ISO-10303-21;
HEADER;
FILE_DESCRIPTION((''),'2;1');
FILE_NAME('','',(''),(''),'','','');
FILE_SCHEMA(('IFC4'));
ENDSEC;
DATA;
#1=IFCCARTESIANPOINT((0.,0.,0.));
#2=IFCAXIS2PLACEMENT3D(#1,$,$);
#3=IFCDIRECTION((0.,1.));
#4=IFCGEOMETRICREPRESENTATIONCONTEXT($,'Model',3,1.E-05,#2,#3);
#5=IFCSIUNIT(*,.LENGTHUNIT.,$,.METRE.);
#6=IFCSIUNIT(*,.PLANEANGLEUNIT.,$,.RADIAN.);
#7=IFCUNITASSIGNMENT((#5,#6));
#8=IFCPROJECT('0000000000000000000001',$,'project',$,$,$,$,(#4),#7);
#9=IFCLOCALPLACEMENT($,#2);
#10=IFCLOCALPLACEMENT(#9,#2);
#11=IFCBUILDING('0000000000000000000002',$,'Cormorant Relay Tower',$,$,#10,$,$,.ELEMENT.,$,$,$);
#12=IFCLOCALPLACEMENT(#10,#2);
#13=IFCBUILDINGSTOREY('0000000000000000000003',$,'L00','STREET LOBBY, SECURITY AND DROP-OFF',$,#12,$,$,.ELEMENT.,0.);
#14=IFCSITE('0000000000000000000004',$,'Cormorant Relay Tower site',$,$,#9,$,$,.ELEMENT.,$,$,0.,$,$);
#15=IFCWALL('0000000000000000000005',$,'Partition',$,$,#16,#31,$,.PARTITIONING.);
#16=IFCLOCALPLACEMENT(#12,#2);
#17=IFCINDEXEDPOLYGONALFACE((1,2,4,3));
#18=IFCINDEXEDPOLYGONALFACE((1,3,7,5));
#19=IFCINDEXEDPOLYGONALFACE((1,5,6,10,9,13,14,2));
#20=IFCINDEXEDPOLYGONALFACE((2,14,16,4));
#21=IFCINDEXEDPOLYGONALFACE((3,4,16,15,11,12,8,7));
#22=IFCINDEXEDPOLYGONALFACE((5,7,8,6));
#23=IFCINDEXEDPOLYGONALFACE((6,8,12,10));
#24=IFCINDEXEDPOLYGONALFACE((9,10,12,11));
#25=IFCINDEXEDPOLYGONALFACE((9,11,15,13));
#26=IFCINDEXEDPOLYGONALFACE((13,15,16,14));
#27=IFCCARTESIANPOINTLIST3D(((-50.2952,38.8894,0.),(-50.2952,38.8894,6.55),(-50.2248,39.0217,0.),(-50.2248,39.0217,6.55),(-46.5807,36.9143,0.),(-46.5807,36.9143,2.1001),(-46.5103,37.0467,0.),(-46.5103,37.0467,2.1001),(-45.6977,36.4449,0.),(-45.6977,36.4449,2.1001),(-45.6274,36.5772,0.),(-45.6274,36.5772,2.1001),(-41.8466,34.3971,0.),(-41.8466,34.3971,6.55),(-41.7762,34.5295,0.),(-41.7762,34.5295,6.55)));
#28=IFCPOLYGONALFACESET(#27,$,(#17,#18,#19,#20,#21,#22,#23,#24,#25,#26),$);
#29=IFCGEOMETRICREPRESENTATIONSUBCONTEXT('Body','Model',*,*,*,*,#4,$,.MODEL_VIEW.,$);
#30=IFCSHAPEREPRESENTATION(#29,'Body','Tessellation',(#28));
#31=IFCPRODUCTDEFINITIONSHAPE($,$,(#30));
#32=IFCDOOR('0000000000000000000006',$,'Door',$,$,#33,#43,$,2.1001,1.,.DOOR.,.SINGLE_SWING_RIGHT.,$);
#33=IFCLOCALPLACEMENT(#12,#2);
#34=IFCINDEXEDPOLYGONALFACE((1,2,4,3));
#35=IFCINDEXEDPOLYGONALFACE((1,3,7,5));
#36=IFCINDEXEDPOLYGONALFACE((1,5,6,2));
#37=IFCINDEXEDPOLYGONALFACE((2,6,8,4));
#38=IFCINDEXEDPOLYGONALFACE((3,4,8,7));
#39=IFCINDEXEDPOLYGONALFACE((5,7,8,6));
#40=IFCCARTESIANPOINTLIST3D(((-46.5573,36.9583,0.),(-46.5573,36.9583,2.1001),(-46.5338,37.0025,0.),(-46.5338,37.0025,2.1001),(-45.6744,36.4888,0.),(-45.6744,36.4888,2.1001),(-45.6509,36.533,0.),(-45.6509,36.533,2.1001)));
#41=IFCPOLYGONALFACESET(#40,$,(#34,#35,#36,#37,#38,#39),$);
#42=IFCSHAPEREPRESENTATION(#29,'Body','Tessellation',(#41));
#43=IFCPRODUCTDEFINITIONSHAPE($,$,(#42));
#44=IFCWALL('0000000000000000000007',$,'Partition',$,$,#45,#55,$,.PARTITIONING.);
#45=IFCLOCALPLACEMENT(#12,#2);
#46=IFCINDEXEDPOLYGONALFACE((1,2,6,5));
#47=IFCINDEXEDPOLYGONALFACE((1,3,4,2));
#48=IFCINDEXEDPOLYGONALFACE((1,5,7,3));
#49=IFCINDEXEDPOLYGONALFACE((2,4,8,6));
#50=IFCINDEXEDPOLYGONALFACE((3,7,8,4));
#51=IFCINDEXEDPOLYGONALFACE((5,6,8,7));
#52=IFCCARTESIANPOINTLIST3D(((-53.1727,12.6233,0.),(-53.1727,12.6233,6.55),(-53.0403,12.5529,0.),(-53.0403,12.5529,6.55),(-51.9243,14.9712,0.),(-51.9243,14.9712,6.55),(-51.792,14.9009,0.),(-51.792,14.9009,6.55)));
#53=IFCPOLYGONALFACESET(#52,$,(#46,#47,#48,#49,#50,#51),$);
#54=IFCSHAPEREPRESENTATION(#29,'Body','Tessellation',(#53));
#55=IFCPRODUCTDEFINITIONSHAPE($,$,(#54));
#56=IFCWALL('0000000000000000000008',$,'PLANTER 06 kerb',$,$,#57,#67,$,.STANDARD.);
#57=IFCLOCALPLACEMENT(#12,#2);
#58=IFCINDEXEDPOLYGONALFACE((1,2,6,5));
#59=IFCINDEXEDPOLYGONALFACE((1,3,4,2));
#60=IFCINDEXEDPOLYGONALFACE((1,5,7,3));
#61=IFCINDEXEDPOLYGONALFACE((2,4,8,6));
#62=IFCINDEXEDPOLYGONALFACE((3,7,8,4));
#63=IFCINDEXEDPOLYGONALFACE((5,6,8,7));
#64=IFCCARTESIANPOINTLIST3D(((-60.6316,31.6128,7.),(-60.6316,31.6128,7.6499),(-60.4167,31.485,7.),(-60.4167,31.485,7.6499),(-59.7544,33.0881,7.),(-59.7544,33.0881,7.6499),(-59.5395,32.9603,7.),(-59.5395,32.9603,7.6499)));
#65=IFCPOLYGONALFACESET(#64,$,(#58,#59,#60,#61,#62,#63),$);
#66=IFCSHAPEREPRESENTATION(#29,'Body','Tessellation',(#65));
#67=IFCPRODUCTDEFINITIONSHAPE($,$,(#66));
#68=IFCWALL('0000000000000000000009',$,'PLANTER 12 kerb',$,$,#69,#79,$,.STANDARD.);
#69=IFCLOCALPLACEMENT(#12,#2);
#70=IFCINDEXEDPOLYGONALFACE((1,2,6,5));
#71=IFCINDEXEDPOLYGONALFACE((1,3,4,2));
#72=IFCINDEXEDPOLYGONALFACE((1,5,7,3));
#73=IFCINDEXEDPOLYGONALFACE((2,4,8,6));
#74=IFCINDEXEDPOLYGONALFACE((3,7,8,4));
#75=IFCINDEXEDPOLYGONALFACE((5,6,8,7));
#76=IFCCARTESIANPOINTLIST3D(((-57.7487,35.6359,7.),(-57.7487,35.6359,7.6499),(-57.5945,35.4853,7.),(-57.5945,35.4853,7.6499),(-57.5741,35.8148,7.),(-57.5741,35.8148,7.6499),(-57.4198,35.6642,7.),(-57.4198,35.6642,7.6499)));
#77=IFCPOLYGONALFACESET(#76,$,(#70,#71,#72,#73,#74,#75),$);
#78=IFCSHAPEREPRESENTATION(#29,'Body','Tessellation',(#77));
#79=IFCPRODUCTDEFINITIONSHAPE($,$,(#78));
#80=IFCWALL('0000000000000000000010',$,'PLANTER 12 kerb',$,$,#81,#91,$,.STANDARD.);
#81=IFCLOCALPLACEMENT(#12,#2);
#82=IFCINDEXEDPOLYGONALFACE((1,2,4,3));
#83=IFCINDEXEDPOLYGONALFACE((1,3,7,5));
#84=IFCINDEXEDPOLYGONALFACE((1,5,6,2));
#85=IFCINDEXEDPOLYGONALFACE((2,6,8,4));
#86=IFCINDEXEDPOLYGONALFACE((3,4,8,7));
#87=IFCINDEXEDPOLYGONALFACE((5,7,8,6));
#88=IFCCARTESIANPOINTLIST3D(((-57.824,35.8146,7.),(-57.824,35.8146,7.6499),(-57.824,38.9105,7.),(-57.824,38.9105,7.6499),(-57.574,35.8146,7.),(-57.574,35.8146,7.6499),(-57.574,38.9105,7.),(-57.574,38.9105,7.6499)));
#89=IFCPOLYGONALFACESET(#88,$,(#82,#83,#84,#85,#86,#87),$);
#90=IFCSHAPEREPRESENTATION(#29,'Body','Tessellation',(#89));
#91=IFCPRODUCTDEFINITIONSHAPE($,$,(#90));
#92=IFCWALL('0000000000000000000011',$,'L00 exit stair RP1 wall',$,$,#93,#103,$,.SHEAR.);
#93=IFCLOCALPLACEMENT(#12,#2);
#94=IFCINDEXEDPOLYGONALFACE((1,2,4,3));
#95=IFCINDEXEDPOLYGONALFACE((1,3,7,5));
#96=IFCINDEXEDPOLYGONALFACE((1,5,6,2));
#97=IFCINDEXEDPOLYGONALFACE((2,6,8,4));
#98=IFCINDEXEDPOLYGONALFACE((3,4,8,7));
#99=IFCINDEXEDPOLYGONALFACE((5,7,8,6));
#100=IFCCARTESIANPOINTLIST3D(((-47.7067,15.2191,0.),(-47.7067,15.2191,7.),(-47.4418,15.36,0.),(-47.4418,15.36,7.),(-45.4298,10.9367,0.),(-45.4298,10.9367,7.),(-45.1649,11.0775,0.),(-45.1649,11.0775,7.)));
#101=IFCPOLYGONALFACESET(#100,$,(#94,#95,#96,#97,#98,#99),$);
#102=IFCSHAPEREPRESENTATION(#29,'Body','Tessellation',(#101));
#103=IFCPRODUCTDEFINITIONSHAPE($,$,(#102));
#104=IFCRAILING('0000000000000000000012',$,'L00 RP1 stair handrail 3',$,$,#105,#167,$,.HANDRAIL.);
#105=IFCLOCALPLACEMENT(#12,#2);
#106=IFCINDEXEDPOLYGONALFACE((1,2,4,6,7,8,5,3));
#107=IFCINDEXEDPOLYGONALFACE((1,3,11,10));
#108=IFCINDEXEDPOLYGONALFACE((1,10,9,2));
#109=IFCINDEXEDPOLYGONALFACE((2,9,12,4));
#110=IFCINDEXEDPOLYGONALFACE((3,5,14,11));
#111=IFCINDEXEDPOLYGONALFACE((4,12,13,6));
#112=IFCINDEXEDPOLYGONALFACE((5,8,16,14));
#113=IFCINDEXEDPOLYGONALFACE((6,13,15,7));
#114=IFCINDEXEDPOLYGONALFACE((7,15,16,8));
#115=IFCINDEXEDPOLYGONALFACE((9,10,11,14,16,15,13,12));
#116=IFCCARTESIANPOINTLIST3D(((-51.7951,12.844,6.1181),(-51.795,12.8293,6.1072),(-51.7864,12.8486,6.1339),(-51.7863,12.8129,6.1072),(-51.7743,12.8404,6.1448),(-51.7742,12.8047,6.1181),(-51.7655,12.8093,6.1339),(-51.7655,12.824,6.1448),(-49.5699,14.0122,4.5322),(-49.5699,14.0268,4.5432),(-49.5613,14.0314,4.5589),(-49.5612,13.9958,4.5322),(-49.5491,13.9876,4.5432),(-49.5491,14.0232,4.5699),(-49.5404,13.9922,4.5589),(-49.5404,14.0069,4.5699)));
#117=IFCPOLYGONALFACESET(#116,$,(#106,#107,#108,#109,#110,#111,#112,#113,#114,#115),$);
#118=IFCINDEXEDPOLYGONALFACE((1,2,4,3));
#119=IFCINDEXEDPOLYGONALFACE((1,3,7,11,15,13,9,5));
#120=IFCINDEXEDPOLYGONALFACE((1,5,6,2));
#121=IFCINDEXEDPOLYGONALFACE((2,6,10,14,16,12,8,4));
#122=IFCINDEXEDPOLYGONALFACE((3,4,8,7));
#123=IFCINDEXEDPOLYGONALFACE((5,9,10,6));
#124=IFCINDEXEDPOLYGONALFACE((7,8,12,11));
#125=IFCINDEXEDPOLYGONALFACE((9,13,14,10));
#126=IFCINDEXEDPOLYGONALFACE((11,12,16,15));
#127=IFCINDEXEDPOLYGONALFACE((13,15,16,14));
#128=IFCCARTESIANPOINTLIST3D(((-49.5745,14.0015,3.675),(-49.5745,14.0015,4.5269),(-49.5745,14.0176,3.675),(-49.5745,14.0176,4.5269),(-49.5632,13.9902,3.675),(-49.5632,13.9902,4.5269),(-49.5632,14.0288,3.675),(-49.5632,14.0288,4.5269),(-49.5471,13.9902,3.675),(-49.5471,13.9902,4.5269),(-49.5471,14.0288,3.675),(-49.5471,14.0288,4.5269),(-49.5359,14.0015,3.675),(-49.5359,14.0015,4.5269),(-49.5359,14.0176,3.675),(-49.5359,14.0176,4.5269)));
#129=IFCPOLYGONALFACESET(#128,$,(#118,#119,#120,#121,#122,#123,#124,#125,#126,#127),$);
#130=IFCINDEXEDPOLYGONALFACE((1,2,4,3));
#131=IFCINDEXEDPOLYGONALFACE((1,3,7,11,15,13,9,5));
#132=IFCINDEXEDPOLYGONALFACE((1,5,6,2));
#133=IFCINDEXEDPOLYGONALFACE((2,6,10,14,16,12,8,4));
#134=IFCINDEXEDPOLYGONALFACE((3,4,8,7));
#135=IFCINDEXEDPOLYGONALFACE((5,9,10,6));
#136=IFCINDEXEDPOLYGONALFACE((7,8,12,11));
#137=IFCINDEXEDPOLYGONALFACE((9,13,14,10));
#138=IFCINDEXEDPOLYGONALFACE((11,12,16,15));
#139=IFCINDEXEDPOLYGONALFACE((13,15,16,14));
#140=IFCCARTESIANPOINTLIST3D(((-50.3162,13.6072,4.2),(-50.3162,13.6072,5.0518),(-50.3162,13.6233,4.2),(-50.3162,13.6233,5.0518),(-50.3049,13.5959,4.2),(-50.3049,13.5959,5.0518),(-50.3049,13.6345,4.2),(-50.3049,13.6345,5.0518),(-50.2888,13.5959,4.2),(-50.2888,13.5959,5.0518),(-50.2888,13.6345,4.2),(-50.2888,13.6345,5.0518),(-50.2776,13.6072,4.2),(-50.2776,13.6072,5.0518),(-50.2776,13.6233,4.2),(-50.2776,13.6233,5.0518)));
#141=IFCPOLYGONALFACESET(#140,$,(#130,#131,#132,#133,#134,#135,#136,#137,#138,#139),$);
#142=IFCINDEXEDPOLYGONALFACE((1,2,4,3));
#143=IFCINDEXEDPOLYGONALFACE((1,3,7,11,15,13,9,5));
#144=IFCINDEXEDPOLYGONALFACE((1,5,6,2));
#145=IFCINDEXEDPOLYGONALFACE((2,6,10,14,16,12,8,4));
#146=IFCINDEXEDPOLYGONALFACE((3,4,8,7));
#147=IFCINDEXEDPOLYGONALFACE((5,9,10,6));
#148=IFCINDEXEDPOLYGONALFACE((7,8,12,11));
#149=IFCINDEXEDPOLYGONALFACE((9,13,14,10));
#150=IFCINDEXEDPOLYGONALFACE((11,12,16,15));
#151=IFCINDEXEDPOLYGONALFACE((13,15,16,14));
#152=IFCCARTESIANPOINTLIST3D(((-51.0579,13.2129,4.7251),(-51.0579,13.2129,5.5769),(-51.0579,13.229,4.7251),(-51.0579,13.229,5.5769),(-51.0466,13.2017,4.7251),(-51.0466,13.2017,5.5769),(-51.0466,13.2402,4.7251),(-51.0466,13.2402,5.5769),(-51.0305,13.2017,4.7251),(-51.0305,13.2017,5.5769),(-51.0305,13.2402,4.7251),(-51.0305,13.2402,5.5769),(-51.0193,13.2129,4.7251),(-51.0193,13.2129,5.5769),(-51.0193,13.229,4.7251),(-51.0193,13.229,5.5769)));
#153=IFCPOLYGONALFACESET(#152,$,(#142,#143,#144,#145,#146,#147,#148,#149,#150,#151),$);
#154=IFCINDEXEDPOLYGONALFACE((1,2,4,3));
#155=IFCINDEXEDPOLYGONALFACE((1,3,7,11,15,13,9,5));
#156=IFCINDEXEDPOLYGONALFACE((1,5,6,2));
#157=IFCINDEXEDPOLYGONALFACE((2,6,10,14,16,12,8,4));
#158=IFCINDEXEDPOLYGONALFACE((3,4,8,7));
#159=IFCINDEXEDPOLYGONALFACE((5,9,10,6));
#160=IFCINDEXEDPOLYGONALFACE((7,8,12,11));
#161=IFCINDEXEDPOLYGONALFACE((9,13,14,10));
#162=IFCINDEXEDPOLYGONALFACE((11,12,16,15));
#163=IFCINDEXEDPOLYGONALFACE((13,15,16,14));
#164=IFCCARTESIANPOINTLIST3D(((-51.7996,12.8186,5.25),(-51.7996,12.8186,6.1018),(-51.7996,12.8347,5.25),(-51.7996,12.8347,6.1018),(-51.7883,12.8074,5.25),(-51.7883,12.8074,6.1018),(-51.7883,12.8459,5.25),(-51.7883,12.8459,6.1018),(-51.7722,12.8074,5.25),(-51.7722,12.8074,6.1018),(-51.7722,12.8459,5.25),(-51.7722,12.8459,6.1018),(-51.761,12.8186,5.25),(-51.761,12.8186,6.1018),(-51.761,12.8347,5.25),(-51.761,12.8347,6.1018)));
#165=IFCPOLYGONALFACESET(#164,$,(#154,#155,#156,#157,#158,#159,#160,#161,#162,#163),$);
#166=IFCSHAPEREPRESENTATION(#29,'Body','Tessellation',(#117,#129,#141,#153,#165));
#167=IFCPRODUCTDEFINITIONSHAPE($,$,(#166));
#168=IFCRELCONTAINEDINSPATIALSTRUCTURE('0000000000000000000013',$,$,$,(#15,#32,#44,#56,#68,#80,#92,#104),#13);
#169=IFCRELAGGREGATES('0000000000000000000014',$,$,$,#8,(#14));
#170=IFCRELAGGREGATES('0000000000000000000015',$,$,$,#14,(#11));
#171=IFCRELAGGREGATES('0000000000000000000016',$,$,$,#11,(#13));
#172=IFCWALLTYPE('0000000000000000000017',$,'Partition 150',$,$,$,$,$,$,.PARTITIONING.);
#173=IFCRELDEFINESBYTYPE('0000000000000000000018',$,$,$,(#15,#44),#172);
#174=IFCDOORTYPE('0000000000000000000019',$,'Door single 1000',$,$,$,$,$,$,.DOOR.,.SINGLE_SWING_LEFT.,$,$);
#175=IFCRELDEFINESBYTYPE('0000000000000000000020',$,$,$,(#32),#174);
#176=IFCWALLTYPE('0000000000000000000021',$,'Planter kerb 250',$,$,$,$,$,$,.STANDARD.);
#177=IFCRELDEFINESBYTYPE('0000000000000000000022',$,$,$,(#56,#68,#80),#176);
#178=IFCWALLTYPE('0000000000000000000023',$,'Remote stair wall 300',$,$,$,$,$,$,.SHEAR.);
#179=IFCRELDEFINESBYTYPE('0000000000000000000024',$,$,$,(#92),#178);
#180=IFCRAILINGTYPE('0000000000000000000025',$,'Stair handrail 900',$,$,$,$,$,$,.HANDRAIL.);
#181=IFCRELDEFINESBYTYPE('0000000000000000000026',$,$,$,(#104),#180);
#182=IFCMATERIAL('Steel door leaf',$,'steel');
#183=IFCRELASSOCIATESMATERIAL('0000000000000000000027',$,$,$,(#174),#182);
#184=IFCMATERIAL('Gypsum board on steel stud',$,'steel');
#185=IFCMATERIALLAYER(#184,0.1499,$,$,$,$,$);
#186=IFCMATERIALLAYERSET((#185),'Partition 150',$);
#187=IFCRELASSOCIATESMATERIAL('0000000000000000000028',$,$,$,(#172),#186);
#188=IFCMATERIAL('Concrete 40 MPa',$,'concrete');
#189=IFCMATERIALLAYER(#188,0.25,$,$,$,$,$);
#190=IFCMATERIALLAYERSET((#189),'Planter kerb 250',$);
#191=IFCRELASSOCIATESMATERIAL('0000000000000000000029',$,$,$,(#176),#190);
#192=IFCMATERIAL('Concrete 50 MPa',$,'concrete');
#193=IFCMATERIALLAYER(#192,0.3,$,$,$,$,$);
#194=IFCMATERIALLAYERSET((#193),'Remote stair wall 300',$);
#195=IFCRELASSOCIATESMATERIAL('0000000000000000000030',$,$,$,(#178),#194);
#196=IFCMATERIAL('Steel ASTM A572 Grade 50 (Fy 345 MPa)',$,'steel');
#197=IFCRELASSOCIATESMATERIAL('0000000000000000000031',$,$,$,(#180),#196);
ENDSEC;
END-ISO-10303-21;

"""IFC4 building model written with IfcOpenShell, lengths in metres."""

from ifc_helpers import new_model, si_unit, direction, frame, frame_2d, origin, place, context, subcontext, project, spatial, polyline, rectangle, outline, extrude, material, layer, layer_set, type_object, element, fill, save


model = new_model("IFC4")

# Units and contexts
model_context = context("Model", 3, precision=1e-05, world=origin(), true_north=direction((0.0, 1.0)))
body_context = subcontext(model_context, "Body", "Model", "MODEL_VIEW")
ifc_project = project(units=[si_unit("LENGTHUNIT", "METRE"), si_unit("PLANEANGLEUNIT", "RADIAN")], contexts=[model_context])

# Site, building, storey
site_placement = place(None, origin())
site = spatial("IfcSite", under=ifc_project, at=site_placement, Name="Cormorant Relay Tower site", CompositionType="ELEMENT", RefElevation=0.0)
building_placement = place(site_placement, origin())
building = spatial("IfcBuilding", under=site, at=building_placement, Name="Cormorant Relay Tower", CompositionType="ELEMENT")
storey_placement = place(building_placement, origin())
storey = spatial("IfcBuildingStorey", under=building, at=storey_placement, Name="L00", Description="STREET LOBBY, SECURITY AND DROP-OFF", CompositionType="ELEMENT", Elevation=0.0)

# Shared definitions
ifc_material_1 = material(Name="Steel door leaf", Category="steel")
door_type = type_object("IfcDoorType", Name="Door single 1000", OperationType="SINGLE_SWING_LEFT", PredefinedType="DOOR", material=ifc_material_1)

# Shared definitions
ifc_material_2 = material(Name="Gypsum board on steel stud", Category="steel")
ifc_layer_1 = layer(ifc_material_2, 0.1499)
ifc_layer_set_1 = layer_set([ifc_layer_1], Name="Partition 150")
wall_type_1 = type_object("IfcWallType", Name="Partition 150", PredefinedType="PARTITIONING", material=ifc_layer_set_1)

# Wall, opening, door
wall_1_placement = place(storey_placement, frame((-41.8115, 34.4634, 0.0), z_axis=(0.0, 0.0, 1.0), x_axis=(-0.882946, 0.469475, 0.0)))
wall_1 = element("IfcWall", 1, at=wall_1_placement, inside=storey, type_object=wall_type_1, Name="Partition", PredefinedType="PARTITIONING", context=body_context, shape_type="SweptSolid", body=[
    extrude(rectangle(XDim=9.5686, YDim=0.1499, at=frame_2d((4.7842, 0.0))), origin(), (0.0, 0.0, 1.0), 6.55),
])
opening_1_placement = place(wall_1_placement, frame((4.3616, 0.0, 0.0)))
opening_1 = element("IfcOpeningElement", 2, at=opening_1_placement, cuts=wall_1, PredefinedType="OPENING", context=body_context, shape_type="SweptSolid", body=[
    extrude(rectangle(XDim=1.0, YDim=2.1001, at=frame_2d((0.5, 1.05))), frame((0.0, 0.085, 0.0), z_axis=(0.0, -1.0, 0.0), x_axis=(1.0, 0.0, 0.0)), (0.0, 0.0, 1.0), 0.1699),
])
door_1_placement = place(opening_1_placement, frame((1.0, 0.0, 0.0), z_axis=(0.0, 0.0, 1.0), x_axis=(-1.0, 0.0, 0.0)))
door_1 = element("IfcDoor", 3, at=door_1_placement, inside=storey, type_object=door_type, Name="Door", OperationType="SINGLE_SWING_RIGHT", OverallHeight=2.1001, OverallWidth=1.0, PredefinedType="DOOR", context=body_context, shape_type="SweptSolid", body=[
    extrude(rectangle(XDim=1.0, YDim=2.1001, at=frame_2d((0.5, 1.05))), frame((0.0, 0.0249, 0.0), z_axis=(0.0, -1.0, 0.0), x_axis=(1.0, 0.0, 0.0)), (0.0, 0.0, 1.0), 0.05),
])
fill(opening_1, door_1)

# Walls
wall_2_placement = place(storey_placement, frame((-51.8582, 14.936, 0.0), z_axis=(0.0, 0.0, 1.0), x_axis=(-0.469439, -0.882965, 0.0)))
element("IfcWall", 4, at=wall_2_placement, inside=storey, type_object=wall_type_1, Name="Partition", PredefinedType="PARTITIONING", context=body_context, shape_type="SweptSolid", body=[
    extrude(rectangle(XDim=2.6592, YDim=0.1499, at=frame_2d((1.3296, 0.0))), origin(), (0.0, 0.0, 1.0), 6.55),
])
ifc_material_3 = material(Name="Concrete 40 MPa", Category="concrete")
ifc_layer_2 = layer(ifc_material_3, 0.25)
ifc_layer_set_2 = layer_set([ifc_layer_2], Name="Planter kerb 250")
wall_type_2 = type_object("IfcWallType", Name="Planter kerb 250", PredefinedType="STANDARD", material=ifc_layer_set_2)
wall_3_placement = place(storey_placement, frame((-59.647, 33.0242, 7.0), z_axis=(0.0, 0.0, 1.0), x_axis=(-0.511061, -0.859544, 0.0)))
element("IfcWall", 5, at=wall_3_placement, inside=storey, type_object=wall_type_2, Name="PLANTER 06 kerb", PredefinedType="STANDARD", context=body_context, shape_type="SweptSolid", body=[
    extrude(rectangle(XDim=1.7163, YDim=0.25, at=frame_2d((0.8582, 0.0))), origin(), (0.0, 0.0, 1.0), 0.6499),
])
wall_4_placement = place(storey_placement, frame((-57.5071, 35.5747, 7.0), z_axis=(0.0, 0.0, 1.0), x_axis=(-0.715547, 0.698564, 0.0)))
element("IfcWall", 6, at=wall_4_placement, inside=storey, type_object=wall_type_2, Name="PLANTER 12 kerb", PredefinedType="STANDARD", context=body_context, shape_type="SweptSolid", body=[
    extrude(rectangle(XDim=0.2156, YDim=0.25, at=frame_2d((0.1079, 0.0))), origin(), (0.0, 0.0, 1.0), 0.6499),
])
wall_5_placement = place(storey_placement, frame((-57.699, 35.8147, 7.0), z_axis=(0.0, 0.0, 1.0), x_axis=(0.0, 1.0, 0.0)))
element("IfcWall", 7, at=wall_5_placement, inside=storey, type_object=wall_type_2, Name="PLANTER 12 kerb", PredefinedType="STANDARD", context=body_context, shape_type="SweptSolid", body=[
    extrude(rectangle(XDim=3.0959, YDim=0.25, at=frame_2d((1.5479, 0.0))), origin(), (0.0, 0.0, 1.0), 0.6499),
])
ifc_material_4 = material(Name="Concrete 50 MPa", Category="concrete")
ifc_layer_3 = layer(ifc_material_4, 0.3)
ifc_layer_set_3 = layer_set([ifc_layer_3], Name="Remote stair wall 300")
wall_type_3 = type_object("IfcWallType", Name="Remote stair wall 300", PredefinedType="SHEAR", material=ifc_layer_set_3)
wall_6_placement = place(storey_placement, frame((-47.5742, 15.2896, 0.0), z_axis=(0.0, 0.0, 1.0), x_axis=(0.469443, -0.882963, 0.0)))
element("IfcWall", 8, at=wall_6_placement, inside=storey, type_object=wall_type_3, Name="L00 exit stair RP1 wall", PredefinedType="SHEAR", context=body_context, shape_type="SweptSolid", body=[
    extrude(rectangle(XDim=4.8501, YDim=0.3, at=frame_2d((2.425, 0.0))), origin(), (0.0, 0.0, 1.0), 7.0),
])

# Railing
ifc_material_5 = material(Name="Steel ASTM A572 Grade 50 (Fy 345 MPa)", Category="steel")
railing_type = type_object("IfcRailingType", Name="Stair handrail 900", PredefinedType="HANDRAIL", material=ifc_material_5)
railing_placement = place(storey_placement, frame((-49.5552, 14.0095, 3.675)))
element("IfcRailing", 9, at=railing_placement, inside=storey, type_object=railing_type, Name="L00 RP1 stair handrail 3", PredefinedType="HANDRAIL", context=body_context, shape_type="SweptSolid", body=[
    extrude(outline(polyline([(0.0222, 0.0093), (0.0093, 0.0222), (-0.0093, 0.0222), (-0.0222, 0.0093), (-0.0222, -0.0093), (-0.0093, -0.0222), (0.0093, -0.0222), (0.0222, -0.0093), (0.0222, 0.0093)])), frame((0.0, 0.0, 0.876), z_axis=(-0.748776, -0.398049, 0.529993), x_axis=(0.469396, -0.882988, 0.0)), (0.0, 0.0, 1.0), 2.9717),
    extrude(outline(polyline([(0.0193, 0.0081), (0.0081, 0.0193), (-0.0081, 0.0193), (-0.0193, 0.0081), (-0.0193, -0.0081), (-0.0081, -0.0193), (0.0081, -0.0193), (0.0193, -0.0081), (0.0193, 0.0081)])), origin(), (0.0, 0.0, 1.0), 0.8518),
    extrude(outline(polyline([(0.0193, 0.0081), (0.0081, 0.0193), (-0.0081, 0.0193), (-0.0193, 0.0081), (-0.0193, -0.0081), (-0.0081, -0.0193), (0.0081, -0.0193), (0.0193, -0.0081), (0.0193, 0.0081)])), frame((-0.7417, -0.3943, 0.5249)), (0.0, 0.0, 1.0), 0.8518),
    extrude(outline(polyline([(0.0193, 0.0081), (0.0081, 0.0193), (-0.0081, 0.0193), (-0.0193, 0.0081), (-0.0193, -0.0081), (-0.0081, -0.0193), (0.0081, -0.0193), (0.0193, -0.0081), (0.0193, 0.0081)])), frame((-1.4834, -0.7886, 1.05)), (0.0, 0.0, 1.0), 0.8518),
    extrude(outline(polyline([(0.0193, 0.0081), (0.0081, 0.0193), (-0.0081, 0.0193), (-0.0193, 0.0081), (-0.0193, -0.0081), (-0.0081, -0.0193), (0.0081, -0.0193), (0.0193, -0.0081), (0.0193, 0.0081)])), frame((-2.2251, -1.1829, 1.575)), (0.0, 0.0, 1.0), 0.8518),
])

save(model, "model.ifc")
